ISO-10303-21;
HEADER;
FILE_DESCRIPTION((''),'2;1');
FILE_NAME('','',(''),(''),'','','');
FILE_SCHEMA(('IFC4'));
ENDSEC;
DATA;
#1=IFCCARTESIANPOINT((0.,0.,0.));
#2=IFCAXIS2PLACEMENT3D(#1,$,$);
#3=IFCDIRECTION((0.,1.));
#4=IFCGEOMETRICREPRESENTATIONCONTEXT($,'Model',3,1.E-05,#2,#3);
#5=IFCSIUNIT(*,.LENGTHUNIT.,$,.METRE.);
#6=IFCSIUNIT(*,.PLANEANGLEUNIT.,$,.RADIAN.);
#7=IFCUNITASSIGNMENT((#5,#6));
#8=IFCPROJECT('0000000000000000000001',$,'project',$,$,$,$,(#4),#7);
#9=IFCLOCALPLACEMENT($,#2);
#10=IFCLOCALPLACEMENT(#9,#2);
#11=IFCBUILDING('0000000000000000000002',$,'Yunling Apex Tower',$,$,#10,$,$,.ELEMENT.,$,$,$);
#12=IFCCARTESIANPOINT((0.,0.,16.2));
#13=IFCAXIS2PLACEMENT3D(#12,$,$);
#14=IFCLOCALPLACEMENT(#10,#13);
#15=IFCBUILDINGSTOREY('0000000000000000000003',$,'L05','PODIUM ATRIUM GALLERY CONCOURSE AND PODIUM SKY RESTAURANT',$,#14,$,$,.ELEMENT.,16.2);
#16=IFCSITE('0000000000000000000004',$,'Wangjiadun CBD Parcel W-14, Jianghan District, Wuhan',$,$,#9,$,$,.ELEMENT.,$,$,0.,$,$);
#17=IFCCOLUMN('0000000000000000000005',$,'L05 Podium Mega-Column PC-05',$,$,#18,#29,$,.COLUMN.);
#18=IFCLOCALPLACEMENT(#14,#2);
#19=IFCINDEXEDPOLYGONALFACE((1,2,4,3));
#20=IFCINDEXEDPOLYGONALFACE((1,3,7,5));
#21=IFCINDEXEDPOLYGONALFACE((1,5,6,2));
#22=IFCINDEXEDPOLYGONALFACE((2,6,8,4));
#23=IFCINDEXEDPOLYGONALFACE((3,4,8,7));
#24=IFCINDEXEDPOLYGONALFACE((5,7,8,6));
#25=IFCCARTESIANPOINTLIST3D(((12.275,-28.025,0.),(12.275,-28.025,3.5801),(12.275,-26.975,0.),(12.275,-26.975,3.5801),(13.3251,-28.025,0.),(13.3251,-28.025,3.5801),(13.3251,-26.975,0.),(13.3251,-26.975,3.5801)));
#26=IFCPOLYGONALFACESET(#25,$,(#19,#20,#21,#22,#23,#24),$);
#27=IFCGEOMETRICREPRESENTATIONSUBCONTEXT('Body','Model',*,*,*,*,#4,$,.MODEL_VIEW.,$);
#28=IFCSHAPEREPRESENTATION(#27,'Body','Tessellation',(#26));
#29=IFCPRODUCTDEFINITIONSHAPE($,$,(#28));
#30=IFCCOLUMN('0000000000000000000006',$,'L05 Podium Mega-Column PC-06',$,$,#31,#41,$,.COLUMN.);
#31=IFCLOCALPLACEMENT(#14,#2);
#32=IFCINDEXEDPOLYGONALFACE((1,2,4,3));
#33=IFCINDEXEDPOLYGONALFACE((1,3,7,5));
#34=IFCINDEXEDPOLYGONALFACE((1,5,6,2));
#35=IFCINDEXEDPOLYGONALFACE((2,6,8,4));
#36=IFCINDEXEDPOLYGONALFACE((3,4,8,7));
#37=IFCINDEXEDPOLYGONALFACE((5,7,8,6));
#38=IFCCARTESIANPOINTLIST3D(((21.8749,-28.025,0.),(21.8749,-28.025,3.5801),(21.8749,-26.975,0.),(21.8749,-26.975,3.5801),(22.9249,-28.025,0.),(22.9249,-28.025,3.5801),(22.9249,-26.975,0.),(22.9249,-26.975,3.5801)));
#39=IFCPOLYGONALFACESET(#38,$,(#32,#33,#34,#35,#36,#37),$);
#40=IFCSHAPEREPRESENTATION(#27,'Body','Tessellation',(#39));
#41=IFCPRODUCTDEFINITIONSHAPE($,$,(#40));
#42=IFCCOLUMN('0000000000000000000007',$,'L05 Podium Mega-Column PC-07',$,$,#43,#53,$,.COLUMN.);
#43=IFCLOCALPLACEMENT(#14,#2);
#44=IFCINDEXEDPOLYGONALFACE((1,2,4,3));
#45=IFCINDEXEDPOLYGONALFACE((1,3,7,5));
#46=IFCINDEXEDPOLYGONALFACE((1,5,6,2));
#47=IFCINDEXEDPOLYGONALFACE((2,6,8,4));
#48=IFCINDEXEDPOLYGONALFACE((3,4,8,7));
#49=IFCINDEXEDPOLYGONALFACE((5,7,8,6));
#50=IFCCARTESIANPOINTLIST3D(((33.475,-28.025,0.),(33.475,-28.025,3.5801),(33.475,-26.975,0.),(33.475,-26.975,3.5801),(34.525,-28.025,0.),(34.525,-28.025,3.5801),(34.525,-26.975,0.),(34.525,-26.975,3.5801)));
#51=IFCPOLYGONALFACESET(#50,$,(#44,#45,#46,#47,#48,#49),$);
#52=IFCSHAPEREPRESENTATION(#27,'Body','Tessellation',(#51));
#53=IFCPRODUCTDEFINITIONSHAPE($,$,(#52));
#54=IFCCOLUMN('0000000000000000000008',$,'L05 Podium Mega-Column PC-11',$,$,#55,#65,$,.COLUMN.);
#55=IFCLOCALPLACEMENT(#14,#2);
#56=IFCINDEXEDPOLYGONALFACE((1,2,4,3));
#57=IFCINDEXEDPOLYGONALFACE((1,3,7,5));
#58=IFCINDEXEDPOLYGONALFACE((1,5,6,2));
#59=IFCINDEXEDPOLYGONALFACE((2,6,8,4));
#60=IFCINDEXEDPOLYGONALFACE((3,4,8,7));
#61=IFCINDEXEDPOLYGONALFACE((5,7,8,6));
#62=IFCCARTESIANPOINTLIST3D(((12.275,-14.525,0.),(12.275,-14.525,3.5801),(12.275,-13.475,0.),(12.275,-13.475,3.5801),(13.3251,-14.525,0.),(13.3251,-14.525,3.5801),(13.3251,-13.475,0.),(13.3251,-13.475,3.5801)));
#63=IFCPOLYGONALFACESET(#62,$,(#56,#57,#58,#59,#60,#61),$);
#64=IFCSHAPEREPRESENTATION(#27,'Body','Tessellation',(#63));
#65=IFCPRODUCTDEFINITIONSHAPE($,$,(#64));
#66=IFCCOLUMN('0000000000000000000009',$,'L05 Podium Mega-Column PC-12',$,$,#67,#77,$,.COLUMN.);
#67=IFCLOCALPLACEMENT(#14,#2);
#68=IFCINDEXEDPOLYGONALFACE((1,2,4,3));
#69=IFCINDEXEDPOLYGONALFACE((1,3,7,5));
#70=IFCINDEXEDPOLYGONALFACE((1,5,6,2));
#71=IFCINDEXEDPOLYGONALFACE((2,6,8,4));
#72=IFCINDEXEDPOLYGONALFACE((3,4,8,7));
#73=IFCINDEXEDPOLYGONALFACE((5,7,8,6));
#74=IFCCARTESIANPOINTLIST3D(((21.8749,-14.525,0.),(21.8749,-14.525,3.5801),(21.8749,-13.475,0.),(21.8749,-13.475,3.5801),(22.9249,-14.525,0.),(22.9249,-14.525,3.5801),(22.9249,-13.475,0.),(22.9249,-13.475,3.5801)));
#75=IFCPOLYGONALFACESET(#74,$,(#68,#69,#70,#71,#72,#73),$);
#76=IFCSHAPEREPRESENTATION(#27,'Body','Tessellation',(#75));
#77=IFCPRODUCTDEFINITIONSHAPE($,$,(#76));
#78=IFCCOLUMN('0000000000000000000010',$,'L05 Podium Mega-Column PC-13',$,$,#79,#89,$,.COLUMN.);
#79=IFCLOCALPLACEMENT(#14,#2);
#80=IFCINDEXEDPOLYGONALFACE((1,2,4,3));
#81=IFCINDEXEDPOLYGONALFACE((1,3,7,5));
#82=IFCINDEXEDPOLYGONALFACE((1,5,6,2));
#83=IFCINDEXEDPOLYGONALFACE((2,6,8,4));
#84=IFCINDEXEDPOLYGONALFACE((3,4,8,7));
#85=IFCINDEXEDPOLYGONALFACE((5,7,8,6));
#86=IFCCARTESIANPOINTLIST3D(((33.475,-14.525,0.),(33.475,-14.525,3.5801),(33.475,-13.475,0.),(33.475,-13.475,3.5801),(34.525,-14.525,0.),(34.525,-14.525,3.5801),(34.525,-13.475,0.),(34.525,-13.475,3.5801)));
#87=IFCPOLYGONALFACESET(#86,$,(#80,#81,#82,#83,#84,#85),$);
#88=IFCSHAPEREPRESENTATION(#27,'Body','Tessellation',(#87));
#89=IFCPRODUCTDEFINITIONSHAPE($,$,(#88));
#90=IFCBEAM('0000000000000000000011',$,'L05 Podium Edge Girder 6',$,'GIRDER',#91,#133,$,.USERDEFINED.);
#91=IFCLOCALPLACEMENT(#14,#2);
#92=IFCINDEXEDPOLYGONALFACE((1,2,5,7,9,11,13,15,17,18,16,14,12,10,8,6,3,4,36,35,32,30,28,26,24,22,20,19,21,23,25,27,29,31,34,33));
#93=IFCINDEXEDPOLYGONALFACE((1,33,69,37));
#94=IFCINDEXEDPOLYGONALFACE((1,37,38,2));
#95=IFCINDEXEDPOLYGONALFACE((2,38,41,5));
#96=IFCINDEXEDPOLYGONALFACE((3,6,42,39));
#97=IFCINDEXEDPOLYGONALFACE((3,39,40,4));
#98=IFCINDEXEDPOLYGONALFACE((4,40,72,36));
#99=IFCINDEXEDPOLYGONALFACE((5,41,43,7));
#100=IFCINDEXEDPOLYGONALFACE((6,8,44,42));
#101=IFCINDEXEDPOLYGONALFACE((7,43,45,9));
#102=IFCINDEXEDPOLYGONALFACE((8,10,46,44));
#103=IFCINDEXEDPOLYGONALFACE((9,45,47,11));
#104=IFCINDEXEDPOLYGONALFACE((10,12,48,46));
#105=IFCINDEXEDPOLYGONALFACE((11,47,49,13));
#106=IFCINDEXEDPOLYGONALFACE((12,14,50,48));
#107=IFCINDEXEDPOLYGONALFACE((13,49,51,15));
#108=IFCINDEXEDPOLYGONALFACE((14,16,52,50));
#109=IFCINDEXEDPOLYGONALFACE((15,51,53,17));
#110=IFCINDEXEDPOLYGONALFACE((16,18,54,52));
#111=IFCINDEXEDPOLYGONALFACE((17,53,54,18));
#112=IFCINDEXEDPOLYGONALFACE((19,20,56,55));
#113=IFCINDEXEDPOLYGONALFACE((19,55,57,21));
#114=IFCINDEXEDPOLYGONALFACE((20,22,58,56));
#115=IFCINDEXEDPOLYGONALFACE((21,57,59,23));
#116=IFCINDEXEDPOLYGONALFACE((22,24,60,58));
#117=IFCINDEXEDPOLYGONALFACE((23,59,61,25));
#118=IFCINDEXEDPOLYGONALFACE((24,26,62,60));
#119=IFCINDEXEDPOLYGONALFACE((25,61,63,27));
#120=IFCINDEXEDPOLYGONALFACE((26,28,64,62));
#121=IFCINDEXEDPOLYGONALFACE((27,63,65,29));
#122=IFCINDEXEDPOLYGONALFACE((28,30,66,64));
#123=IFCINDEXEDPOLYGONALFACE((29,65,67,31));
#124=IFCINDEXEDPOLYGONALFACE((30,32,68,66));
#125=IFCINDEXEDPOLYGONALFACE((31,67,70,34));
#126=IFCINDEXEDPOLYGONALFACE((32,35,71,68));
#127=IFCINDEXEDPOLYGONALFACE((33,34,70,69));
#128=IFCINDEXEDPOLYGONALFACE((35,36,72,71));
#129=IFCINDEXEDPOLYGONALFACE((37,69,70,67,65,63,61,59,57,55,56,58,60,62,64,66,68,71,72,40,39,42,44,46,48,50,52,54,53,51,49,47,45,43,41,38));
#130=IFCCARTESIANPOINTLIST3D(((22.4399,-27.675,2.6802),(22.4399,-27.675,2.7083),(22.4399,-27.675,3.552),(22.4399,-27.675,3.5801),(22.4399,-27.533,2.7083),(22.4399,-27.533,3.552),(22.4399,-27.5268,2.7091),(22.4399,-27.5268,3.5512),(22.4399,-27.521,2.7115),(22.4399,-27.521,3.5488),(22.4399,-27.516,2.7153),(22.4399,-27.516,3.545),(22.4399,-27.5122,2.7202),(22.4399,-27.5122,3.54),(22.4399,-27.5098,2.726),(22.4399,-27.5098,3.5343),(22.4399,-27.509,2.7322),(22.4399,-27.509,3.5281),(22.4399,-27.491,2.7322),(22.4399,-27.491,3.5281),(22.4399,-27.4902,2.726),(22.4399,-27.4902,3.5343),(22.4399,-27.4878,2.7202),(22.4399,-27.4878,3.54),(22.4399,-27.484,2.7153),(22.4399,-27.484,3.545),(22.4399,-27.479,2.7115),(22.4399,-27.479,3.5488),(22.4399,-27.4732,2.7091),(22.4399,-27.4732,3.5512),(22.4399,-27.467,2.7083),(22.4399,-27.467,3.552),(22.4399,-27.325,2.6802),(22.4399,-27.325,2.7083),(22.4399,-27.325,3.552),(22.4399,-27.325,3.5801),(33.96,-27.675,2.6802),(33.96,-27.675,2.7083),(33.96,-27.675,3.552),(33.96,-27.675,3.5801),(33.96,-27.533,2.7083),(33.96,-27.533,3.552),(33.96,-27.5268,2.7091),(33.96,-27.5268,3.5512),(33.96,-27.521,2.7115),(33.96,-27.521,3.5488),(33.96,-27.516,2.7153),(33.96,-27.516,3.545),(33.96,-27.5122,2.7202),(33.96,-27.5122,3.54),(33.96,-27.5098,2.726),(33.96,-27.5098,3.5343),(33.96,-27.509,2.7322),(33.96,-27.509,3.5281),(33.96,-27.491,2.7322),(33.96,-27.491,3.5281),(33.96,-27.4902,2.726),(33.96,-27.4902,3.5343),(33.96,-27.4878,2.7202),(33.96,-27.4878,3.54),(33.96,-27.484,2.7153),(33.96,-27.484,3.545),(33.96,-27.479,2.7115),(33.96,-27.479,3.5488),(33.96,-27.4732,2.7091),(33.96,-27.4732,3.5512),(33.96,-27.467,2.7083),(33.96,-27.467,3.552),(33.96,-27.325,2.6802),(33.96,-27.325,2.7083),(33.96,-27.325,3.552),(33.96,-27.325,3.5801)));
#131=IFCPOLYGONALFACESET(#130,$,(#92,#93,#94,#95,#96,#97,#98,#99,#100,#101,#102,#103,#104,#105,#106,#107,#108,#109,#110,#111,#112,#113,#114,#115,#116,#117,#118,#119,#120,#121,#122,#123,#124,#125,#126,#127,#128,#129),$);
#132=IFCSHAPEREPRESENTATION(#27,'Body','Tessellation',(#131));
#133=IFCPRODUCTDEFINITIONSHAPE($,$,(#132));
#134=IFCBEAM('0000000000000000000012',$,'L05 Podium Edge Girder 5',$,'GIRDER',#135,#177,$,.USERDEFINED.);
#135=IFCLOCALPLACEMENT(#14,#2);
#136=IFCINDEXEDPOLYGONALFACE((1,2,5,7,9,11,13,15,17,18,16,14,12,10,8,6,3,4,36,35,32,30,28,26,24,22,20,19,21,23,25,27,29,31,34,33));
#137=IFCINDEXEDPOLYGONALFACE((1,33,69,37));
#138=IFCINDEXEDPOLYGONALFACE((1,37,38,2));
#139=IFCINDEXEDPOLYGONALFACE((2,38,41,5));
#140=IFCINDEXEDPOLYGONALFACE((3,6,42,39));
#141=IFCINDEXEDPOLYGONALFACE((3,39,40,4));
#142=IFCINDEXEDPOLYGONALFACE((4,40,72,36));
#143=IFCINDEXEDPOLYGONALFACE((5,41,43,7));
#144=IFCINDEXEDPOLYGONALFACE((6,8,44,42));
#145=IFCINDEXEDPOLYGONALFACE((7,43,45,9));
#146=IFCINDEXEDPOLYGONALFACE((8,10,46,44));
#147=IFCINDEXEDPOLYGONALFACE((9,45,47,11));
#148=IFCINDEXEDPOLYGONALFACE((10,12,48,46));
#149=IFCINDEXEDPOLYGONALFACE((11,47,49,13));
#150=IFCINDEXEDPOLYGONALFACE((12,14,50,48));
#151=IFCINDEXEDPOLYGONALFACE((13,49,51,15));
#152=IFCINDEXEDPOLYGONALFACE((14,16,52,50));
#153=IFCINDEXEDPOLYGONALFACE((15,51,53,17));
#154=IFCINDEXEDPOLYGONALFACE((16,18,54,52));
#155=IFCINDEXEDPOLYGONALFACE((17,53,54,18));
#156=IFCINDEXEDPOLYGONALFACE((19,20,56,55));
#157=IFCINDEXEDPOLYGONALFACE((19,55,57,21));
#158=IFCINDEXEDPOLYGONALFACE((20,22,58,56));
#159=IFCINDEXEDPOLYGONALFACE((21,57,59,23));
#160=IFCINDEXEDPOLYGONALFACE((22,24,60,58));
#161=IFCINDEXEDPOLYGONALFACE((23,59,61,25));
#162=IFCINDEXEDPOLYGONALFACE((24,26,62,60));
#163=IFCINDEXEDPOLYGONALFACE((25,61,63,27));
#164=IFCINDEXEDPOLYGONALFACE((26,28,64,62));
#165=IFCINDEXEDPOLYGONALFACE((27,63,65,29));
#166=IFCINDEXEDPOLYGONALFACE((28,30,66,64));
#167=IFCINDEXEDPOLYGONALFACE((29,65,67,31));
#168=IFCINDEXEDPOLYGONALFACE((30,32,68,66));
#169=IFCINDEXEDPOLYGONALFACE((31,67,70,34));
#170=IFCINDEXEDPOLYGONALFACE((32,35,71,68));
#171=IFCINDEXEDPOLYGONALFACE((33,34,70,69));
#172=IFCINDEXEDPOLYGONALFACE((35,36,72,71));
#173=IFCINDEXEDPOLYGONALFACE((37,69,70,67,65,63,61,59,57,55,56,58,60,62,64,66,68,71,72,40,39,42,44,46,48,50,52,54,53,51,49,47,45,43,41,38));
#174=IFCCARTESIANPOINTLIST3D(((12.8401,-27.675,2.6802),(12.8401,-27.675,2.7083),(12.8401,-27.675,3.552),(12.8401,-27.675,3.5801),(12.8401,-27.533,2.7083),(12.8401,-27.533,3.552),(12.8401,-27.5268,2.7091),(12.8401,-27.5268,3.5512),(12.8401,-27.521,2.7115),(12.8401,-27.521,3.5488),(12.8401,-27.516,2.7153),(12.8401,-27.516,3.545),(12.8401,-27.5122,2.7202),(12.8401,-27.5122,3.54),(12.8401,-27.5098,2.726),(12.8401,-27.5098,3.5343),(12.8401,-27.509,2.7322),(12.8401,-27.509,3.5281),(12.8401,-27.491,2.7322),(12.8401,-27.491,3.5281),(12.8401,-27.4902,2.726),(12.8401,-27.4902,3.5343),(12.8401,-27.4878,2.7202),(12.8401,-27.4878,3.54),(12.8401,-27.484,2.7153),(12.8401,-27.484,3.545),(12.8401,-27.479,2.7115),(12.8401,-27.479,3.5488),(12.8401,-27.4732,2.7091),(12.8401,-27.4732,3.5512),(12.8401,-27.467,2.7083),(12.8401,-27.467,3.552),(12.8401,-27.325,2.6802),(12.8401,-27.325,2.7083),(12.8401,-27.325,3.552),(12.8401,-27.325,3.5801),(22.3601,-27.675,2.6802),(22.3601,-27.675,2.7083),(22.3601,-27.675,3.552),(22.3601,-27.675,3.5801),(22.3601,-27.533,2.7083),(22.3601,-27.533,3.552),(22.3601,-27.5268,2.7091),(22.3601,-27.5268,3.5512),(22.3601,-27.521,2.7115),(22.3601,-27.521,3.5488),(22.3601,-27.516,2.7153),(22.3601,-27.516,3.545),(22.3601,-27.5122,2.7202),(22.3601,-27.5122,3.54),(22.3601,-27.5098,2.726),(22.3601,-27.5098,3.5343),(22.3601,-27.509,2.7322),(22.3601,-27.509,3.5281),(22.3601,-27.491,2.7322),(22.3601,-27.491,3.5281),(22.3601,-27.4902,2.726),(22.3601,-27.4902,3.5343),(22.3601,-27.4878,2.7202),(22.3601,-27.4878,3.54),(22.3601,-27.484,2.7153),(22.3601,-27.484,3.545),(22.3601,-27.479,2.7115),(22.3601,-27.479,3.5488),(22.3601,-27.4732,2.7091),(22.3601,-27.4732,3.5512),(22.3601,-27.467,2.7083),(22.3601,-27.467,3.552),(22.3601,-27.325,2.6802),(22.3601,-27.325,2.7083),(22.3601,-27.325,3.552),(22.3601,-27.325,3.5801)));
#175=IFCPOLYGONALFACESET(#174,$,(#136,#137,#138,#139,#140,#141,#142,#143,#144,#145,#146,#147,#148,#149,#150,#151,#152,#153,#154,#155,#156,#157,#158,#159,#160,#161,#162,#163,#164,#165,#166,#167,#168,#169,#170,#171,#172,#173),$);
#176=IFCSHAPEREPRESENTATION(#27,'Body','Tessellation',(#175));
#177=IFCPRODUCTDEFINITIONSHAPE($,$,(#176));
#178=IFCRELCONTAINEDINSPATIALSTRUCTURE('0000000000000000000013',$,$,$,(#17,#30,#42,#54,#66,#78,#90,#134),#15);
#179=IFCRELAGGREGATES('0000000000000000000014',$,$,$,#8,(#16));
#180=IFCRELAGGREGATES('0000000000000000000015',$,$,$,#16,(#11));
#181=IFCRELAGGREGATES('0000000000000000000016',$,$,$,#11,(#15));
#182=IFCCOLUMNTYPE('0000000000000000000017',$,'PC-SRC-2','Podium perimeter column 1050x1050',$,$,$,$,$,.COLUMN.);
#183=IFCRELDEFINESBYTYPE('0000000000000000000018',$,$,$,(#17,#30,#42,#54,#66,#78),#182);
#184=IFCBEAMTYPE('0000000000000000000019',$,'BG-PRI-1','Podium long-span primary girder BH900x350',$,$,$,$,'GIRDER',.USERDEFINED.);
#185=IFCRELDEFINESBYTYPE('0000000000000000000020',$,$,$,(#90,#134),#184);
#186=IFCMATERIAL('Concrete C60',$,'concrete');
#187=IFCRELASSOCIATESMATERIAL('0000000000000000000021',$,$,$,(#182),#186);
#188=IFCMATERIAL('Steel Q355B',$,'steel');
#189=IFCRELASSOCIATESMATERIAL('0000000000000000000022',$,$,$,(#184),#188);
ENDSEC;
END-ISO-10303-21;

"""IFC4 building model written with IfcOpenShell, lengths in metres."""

from ifc_helpers import new_model, si_unit, direction, frame, origin, origin_2d, place, context, subcontext, project, spatial, rectangle, i_section, extrude, source, transform, mapped, material, material_profile, profile_set, type_object, element, save


model = new_model("IFC4")

# Units and contexts
model_context = context("Model", 3, precision=1e-05, world=origin(), true_north=direction((0.0, 1.0)))
body_context = subcontext(model_context, "Body", "Model", "MODEL_VIEW")
ifc_project = project(units=[si_unit("LENGTHUNIT", "METRE"), si_unit("PLANEANGLEUNIT", "RADIAN")], contexts=[model_context])

# Site, building, storey
site_placement = place(None, origin())
site = spatial("IfcSite", under=ifc_project, at=site_placement, Name="Wangjiadun CBD Parcel W-14, Jianghan District, Wuhan", CompositionType="ELEMENT", RefElevation=0.0)
building_placement = place(site_placement, origin())
building = spatial("IfcBuilding", under=site, at=building_placement, Name="Yunling Apex Tower", CompositionType="ELEMENT")
storey_placement = place(building_placement, frame((0.0, 0.0, 16.2)))
storey = spatial("IfcBuildingStorey", under=building, at=storey_placement, Name="L05", Description="PODIUM ATRIUM GALLERY CONCOURSE AND PODIUM SKY RESTAURANT", CompositionType="ELEMENT", Elevation=16.2)

# Columns
ifc_material_1 = material(Name="Concrete C60", Category="concrete")
ifc_material_profile_1 = material_profile(ifc_material_1, rectangle(XDim=1.05, YDim=1.05, at=origin_2d()))
ifc_profile_set_1 = profile_set([ifc_material_profile_1], Name="Concrete C60")
column_type = type_object("IfcColumnType", Name="PC-SRC-2", Description="Podium perimeter column 1050x1050", PredefinedType="COLUMN", material=ifc_profile_set_1)
shared_shape_1 = source(origin(), body_context, "Body", "SweptSolid", [
    extrude(rectangle(XDim=1.05, YDim=1.05, at=origin_2d()), origin(), (0.0, 0.0, 1.0), 3.5801),
])
for number, where, z_axis, x_axis, name in (
    (1, (12.8, -27.5, 0.0), (0.0, 0.0, 1.0), (1.0, 0.0, 0.0), "L05 Podium Mega-Column PC-05"),
    (2, (22.3999, -27.5, 0.0), (0.0, 0.0, 1.0), (1.0, 0.0, 0.0), "L05 Podium Mega-Column PC-06"),
    (3, (34.0, -27.5, 0.0), (0.0, 0.0, 1.0), (1.0, 0.0, 0.0), "L05 Podium Mega-Column PC-07"),
    (4, (12.8, -14.0, 0.0), (0.0, 0.0, 1.0), (1.0, 0.0, 0.0), "L05 Podium Mega-Column PC-11"),
    (5, (22.3999, -14.0, 0.0), (0.0, 0.0, 1.0), (1.0, 0.0, 0.0), "L05 Podium Mega-Column PC-12"),
    (6, (34.0, -14.0, 0.0), (0.0, 0.0, 1.0), (1.0, 0.0, 0.0), "L05 Podium Mega-Column PC-13"),
):
    element("IfcColumn", number, at=place(storey_placement, frame(where, z_axis=z_axis, x_axis=x_axis)), inside=storey, type_object=column_type, Name=name, PredefinedType="COLUMN", context=body_context, shape_type="MappedRepresentation", body=[
        mapped(shared_shape_1, transform((0.0, 0.0, 0.0), scale=1.0)),
    ])

# Beams
ifc_material_2 = material(Name="Steel Q355B", Category="steel")
ifc_material_profile_2 = material_profile(ifc_material_2, i_section(OverallWidth=0.3501, OverallDepth=0.8999, WebThickness=0.0181, FlangeThickness=0.0281, FilletRadius=0.0239, at=origin_2d()))
ifc_profile_set_2 = profile_set([ifc_material_profile_2], Name="Steel Q355B")
beam_type_1 = type_object("IfcBeamType", Name="BG-PRI-1", Description="Podium long-span primary girder BH900x350", ElementType="GIRDER", PredefinedType="USERDEFINED", material=ifc_profile_set_2)
shared_shape_2 = source(origin(), body_context, "Body", "SweptSolid", [
    extrude(i_section(OverallWidth=0.3501, OverallDepth=0.8999, WebThickness=0.0181, FlangeThickness=0.0281, FilletRadius=0.0239, at=origin_2d()), origin(), (0.0, 0.0, 1.0), 11.52),
])
beam_1_placement = place(storey_placement, frame((22.4399, -27.5, 3.1301), z_axis=(1.0, 0.0, 0.0), x_axis=(0.0, 1.0, 0.0)))
element("IfcBeam", 7, at=beam_1_placement, inside=storey, type_object=beam_type_1, Name="L05 Podium Edge Girder 6", ObjectType="GIRDER", PredefinedType="USERDEFINED", context=body_context, shape_type="MappedRepresentation", body=[
    mapped(shared_shape_2, transform((0.0, 0.0, 0.0), scale=1.0)),
])
shared_shape_3 = source(origin(), body_context, "Body", "SweptSolid", [
    extrude(i_section(OverallWidth=0.3501, OverallDepth=0.8999, WebThickness=0.0181, FlangeThickness=0.0281, FilletRadius=0.0239, at=origin_2d()), origin(), (0.0, 0.0, 1.0), 9.52),
])
beam_2_placement = place(storey_placement, frame((12.8401, -27.5, 3.1301), z_axis=(1.0, 0.0, 0.0), x_axis=(0.0, 1.0, 0.0)))
element("IfcBeam", 8, at=beam_2_placement, inside=storey, type_object=beam_type_1, Name="L05 Podium Edge Girder 5", ObjectType="GIRDER", PredefinedType="USERDEFINED", context=body_context, shape_type="MappedRepresentation", body=[
    mapped(shared_shape_3, transform((0.0, 0.0, 0.0), scale=1.0)),
])

save(model, "model.ifc")
